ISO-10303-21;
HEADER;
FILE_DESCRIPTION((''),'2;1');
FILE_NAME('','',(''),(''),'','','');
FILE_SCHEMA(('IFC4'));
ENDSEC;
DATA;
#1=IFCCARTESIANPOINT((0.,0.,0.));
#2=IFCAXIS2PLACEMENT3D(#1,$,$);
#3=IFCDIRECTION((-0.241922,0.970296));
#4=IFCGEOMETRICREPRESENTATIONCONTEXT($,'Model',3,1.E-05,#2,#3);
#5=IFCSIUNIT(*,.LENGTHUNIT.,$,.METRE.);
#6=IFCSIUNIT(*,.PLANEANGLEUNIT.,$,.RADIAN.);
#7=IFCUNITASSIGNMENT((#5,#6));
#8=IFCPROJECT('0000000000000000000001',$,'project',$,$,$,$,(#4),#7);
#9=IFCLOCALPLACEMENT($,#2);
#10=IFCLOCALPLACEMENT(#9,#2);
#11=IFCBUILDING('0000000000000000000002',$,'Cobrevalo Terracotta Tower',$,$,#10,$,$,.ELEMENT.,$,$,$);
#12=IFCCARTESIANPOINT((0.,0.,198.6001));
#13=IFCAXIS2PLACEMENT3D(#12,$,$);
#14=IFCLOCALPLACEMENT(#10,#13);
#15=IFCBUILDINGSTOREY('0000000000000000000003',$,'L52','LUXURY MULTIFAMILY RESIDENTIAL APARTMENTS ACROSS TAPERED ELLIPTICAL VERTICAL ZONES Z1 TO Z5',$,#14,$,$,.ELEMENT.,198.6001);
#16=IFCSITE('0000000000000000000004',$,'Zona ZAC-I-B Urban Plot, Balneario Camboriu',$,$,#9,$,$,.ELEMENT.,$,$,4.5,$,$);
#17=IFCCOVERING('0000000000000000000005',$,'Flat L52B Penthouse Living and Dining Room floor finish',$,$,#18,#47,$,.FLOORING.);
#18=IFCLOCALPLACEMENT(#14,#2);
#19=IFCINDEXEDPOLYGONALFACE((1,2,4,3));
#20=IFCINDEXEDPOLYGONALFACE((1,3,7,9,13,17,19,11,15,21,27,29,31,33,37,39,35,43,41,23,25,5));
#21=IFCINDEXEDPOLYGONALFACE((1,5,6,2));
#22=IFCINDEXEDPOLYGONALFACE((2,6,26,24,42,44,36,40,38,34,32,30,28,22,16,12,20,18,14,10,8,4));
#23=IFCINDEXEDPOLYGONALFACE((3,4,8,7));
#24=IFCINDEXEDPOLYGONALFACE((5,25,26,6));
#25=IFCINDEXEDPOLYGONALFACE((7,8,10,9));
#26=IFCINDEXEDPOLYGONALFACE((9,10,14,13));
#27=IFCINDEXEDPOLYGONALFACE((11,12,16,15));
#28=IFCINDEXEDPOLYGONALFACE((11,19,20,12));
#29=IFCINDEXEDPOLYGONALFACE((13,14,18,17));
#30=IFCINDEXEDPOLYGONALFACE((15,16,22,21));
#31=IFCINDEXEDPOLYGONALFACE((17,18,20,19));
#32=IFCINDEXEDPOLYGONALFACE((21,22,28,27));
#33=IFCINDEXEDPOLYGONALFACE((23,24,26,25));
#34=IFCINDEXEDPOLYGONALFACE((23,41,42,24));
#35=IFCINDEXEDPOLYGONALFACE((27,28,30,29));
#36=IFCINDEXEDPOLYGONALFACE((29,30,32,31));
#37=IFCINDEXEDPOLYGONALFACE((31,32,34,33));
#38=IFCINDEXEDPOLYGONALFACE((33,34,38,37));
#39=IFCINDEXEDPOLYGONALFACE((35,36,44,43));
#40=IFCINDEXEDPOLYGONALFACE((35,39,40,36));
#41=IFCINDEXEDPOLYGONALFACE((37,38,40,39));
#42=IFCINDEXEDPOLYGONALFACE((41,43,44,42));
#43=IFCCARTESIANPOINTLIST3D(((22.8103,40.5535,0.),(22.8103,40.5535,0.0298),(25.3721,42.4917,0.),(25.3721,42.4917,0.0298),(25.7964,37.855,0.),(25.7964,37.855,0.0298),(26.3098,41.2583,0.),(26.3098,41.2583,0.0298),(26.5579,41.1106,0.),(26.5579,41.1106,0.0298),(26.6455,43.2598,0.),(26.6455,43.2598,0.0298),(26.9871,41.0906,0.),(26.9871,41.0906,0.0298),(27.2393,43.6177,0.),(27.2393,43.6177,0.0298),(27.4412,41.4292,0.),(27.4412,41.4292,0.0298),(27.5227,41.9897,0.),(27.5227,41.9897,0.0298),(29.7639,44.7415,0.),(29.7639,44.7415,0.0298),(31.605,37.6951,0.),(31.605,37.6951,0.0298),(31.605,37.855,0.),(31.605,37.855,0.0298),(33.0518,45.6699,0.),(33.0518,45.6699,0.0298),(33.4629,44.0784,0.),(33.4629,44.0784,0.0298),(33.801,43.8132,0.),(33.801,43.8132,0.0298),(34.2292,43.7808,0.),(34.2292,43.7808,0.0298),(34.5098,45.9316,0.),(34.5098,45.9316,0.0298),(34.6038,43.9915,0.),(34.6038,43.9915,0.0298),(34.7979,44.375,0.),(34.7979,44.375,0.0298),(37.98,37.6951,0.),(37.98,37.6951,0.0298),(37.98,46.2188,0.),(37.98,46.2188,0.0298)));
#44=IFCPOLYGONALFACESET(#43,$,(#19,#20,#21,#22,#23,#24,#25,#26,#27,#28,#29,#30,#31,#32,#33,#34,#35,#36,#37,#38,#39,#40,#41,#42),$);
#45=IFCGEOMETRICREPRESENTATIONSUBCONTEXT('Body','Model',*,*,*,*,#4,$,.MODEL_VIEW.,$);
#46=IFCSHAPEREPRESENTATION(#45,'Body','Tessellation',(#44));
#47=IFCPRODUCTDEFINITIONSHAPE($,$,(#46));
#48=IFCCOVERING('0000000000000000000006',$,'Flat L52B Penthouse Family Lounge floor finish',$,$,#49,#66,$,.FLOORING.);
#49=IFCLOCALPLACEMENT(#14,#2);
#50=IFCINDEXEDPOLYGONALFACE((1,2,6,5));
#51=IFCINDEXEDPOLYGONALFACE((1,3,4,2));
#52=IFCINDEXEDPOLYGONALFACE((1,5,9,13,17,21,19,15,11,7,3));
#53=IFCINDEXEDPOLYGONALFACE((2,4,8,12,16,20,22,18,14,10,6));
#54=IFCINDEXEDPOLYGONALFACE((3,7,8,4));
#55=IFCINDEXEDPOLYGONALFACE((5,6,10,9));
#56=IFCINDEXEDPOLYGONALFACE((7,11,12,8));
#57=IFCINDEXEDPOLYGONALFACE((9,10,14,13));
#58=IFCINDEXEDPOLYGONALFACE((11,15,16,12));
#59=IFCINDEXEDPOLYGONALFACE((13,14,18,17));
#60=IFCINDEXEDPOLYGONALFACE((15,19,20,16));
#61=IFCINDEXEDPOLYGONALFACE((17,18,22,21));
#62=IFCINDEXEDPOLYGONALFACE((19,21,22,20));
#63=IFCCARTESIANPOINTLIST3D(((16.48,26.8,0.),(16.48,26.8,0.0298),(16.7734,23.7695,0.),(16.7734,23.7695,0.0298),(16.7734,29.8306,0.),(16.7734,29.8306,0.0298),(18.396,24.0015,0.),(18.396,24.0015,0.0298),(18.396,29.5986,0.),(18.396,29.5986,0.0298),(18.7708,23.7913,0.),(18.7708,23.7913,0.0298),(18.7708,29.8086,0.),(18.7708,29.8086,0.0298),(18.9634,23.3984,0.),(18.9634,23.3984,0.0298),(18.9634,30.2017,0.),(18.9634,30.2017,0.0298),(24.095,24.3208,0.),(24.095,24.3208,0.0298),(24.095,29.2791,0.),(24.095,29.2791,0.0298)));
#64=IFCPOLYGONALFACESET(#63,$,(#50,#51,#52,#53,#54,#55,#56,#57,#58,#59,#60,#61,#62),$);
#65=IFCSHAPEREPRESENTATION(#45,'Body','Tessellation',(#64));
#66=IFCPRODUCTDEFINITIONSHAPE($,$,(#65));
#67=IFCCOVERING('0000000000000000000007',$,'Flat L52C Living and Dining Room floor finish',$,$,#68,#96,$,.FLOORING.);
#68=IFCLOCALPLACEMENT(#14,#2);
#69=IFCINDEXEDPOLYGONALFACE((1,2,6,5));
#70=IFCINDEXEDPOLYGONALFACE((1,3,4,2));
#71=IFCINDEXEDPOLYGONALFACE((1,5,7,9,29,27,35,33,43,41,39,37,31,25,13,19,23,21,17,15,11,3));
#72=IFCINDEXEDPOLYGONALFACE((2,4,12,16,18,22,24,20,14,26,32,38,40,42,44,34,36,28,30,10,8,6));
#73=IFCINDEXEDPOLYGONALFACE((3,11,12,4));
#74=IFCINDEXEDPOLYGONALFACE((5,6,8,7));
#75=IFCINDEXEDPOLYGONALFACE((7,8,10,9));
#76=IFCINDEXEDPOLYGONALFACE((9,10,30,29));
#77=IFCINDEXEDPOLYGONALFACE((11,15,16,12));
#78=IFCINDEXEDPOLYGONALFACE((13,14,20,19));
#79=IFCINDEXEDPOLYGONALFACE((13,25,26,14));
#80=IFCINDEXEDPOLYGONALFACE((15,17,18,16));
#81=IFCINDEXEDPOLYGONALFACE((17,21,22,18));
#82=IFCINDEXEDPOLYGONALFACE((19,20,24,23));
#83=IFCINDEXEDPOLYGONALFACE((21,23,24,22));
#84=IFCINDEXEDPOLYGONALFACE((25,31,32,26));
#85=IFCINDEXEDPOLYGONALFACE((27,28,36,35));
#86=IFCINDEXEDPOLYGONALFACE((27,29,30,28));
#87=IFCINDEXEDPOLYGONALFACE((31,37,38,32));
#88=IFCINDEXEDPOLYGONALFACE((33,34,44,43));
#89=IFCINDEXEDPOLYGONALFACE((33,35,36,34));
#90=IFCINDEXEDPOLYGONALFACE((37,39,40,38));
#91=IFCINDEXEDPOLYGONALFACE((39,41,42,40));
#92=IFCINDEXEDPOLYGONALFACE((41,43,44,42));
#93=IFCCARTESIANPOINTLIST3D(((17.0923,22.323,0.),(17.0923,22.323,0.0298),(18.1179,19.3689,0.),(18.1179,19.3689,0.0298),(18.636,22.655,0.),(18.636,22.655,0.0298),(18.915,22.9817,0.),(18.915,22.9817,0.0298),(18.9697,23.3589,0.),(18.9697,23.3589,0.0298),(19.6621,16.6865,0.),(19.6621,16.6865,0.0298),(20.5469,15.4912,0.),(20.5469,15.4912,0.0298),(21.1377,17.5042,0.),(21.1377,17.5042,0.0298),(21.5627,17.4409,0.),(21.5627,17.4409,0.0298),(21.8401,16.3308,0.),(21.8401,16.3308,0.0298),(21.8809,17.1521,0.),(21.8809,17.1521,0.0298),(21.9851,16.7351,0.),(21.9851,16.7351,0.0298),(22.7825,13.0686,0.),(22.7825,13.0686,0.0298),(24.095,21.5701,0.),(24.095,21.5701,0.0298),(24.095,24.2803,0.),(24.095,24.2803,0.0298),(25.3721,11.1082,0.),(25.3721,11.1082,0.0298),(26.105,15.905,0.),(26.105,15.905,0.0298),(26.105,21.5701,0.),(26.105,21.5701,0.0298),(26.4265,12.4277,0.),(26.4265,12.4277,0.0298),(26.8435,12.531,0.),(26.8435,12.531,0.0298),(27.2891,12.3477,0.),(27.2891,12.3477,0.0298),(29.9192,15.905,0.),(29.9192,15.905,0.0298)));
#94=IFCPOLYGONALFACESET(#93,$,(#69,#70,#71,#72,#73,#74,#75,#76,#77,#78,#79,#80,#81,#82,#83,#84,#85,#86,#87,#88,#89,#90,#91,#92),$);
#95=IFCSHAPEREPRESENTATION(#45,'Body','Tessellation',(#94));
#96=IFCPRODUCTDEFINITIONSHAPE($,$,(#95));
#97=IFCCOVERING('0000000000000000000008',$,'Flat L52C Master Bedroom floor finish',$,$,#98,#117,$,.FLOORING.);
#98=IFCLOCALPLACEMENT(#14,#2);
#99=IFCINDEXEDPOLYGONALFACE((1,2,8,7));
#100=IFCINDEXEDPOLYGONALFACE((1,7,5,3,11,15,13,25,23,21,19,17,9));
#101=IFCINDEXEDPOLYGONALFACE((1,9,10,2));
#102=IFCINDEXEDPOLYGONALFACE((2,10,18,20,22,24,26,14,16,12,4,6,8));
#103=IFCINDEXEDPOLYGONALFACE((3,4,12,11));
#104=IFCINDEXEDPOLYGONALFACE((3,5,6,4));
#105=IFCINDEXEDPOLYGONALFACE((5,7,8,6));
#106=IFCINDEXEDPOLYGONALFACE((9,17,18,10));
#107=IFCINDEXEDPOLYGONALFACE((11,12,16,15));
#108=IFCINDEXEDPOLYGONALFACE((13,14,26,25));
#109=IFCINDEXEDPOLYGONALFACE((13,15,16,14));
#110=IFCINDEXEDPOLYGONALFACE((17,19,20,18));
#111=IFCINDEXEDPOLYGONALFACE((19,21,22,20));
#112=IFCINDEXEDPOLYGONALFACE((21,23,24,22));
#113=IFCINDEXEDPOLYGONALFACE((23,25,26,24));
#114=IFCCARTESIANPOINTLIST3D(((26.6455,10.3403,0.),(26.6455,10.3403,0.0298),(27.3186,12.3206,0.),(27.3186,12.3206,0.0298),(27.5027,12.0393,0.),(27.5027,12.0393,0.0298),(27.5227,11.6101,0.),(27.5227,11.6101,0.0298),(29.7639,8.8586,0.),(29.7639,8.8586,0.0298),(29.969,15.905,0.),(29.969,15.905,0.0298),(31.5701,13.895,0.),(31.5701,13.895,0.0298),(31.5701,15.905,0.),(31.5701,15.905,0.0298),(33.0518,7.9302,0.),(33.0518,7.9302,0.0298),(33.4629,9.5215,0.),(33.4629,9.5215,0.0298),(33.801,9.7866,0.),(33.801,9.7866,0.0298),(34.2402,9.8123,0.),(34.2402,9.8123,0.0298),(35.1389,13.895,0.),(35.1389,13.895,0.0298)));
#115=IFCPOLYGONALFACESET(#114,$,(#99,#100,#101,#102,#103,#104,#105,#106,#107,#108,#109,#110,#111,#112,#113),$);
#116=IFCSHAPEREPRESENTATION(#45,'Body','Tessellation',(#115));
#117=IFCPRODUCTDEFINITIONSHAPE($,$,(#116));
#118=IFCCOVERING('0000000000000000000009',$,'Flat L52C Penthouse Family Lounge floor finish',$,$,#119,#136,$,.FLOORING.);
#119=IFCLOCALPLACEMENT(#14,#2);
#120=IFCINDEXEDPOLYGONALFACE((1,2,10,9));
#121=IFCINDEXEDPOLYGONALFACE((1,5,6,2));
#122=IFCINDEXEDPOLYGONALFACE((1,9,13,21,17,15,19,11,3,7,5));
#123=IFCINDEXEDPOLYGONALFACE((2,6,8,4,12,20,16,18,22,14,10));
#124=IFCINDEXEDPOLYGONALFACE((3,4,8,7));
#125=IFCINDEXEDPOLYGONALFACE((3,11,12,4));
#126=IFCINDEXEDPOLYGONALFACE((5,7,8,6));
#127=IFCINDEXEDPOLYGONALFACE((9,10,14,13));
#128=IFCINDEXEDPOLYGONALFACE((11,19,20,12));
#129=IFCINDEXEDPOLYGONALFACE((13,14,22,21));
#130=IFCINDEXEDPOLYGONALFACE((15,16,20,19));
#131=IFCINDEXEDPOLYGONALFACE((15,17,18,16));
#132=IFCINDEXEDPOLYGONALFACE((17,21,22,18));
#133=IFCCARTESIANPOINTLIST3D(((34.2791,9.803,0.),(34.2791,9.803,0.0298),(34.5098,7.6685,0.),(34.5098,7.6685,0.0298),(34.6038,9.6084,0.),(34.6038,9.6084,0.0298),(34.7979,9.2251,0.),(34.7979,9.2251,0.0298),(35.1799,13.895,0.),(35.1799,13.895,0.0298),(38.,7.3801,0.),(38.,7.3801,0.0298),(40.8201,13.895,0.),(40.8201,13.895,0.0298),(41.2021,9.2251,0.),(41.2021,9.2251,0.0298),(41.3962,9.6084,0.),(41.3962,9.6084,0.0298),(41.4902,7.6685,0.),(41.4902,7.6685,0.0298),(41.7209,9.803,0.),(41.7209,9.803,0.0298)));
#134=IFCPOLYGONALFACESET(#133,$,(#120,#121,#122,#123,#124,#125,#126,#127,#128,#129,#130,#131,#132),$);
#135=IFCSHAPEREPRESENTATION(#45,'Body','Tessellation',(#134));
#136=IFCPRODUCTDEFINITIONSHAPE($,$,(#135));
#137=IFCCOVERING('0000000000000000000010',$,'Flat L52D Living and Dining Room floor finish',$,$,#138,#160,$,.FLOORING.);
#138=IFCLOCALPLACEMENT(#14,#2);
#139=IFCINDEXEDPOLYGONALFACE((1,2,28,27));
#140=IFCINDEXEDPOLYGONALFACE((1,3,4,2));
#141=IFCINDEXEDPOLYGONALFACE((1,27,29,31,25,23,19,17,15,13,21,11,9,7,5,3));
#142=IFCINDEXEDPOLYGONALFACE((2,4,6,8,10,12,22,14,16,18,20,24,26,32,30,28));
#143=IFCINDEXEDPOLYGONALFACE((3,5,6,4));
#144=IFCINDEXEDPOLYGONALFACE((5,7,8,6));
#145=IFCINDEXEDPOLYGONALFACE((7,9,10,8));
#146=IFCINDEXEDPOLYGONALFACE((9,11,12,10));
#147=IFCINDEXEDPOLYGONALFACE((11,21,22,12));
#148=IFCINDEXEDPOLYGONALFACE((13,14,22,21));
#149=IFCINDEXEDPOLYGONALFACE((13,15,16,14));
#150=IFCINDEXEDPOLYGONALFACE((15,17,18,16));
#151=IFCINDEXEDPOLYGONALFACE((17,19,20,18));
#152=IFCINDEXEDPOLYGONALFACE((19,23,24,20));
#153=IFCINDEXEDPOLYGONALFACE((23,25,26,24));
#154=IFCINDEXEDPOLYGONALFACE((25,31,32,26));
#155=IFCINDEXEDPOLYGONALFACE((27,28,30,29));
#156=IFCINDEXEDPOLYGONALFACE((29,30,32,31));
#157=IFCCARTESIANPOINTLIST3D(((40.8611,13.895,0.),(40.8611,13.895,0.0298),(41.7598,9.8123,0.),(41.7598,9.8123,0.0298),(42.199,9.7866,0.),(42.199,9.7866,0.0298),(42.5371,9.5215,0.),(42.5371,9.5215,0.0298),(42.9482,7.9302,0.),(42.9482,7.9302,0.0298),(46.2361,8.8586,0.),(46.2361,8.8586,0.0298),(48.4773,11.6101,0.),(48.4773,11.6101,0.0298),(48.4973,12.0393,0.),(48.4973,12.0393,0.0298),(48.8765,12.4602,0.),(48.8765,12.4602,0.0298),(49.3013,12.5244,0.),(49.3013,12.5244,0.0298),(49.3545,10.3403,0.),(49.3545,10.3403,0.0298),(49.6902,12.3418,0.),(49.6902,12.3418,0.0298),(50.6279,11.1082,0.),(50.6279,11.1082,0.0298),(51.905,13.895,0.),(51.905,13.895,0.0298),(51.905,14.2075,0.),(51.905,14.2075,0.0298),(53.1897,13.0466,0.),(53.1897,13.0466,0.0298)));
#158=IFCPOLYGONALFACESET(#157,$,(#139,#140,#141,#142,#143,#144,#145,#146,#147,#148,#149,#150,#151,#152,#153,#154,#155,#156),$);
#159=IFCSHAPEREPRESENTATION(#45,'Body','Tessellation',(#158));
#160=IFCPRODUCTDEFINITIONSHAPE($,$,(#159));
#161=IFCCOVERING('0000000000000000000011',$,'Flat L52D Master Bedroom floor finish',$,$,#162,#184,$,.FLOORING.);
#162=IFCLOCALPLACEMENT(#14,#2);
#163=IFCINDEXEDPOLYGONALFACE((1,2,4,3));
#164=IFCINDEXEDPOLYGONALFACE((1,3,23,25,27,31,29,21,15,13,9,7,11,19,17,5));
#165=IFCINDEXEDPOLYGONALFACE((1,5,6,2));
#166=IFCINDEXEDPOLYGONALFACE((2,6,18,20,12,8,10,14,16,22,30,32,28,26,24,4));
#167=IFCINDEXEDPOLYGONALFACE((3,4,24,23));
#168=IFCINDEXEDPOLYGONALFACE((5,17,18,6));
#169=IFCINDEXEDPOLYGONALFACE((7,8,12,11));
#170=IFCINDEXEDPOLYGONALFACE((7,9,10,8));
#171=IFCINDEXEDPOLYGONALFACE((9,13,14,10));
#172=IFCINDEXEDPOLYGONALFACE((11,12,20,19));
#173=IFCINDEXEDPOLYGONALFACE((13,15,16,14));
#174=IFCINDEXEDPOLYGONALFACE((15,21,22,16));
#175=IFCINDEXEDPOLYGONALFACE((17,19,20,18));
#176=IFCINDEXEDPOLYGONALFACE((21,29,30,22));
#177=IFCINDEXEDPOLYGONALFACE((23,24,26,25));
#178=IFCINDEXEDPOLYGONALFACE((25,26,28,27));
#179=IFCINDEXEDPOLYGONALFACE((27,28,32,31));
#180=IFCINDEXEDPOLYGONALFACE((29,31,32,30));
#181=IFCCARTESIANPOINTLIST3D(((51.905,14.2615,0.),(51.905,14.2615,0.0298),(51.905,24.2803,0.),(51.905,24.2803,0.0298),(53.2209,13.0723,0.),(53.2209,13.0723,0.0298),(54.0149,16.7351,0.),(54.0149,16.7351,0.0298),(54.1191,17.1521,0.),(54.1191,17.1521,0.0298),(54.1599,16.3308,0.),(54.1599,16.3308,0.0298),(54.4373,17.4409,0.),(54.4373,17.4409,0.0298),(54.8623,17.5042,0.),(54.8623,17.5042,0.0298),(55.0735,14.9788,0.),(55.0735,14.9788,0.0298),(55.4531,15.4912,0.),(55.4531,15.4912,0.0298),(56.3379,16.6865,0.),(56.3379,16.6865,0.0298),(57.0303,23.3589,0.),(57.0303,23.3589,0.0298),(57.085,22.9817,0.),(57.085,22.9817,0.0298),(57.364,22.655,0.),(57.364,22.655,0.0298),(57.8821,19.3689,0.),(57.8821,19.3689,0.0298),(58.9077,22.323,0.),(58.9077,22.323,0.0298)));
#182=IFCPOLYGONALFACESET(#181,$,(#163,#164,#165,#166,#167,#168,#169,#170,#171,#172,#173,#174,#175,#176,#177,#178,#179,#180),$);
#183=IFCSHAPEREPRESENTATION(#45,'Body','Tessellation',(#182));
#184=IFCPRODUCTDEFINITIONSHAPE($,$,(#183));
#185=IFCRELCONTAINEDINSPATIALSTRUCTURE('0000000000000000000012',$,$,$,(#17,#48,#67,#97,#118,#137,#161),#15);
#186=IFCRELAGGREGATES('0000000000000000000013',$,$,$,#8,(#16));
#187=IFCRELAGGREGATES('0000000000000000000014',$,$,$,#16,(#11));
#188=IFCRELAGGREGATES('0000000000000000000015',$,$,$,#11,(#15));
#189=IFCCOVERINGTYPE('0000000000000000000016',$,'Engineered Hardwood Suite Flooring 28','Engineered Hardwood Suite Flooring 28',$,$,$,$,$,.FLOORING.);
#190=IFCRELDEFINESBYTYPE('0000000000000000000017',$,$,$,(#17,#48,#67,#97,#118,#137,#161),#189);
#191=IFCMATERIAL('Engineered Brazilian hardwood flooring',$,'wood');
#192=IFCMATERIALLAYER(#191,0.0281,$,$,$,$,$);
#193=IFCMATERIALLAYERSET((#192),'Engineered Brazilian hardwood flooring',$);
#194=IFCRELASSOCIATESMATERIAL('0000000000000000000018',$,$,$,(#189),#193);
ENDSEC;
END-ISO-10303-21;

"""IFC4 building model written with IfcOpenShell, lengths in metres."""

from ifc_helpers import new_model, si_unit, direction, frame, origin, place, context, subcontext, project, spatial, polyline, outline, extrude, material, layer, layer_set, type_object, element, save


model = new_model("IFC4")

# Units and contexts
model_context = context("Model", 3, precision=1e-05, world=origin(), true_north=direction((-0.241922, 0.970296)))
body_context = subcontext(model_context, "Body", "Model", "MODEL_VIEW")
ifc_project = project(units=[si_unit("LENGTHUNIT", "METRE"), si_unit("PLANEANGLEUNIT", "RADIAN")], contexts=[model_context])

# Site, building, storey
site_placement = place(None, origin())
site = spatial("IfcSite", under=ifc_project, at=site_placement, Name="Zona ZAC-I-B Urban Plot, Balneario Camboriu", CompositionType="ELEMENT", RefElevation=4.5)
building_placement = place(site_placement, origin())
building = spatial("IfcBuilding", under=site, at=building_placement, Name="Cobrevalo Terracotta Tower", CompositionType="ELEMENT")
storey_placement = place(building_placement, frame((0.0, 0.0, 198.6001)))
storey = spatial("IfcBuildingStorey", under=building, at=storey_placement, Name="L52", Description="LUXURY MULTIFAMILY RESIDENTIAL APARTMENTS ACROSS TAPERED ELLIPTICAL VERTICAL ZONES Z1 TO Z5", CompositionType="ELEMENT", Elevation=198.6001)

# Coverings
ifc_material_1 = material(Name="Engineered Brazilian hardwood flooring", Category="wood")
ifc_layer_1 = layer(ifc_material_1, 0.0281)
ifc_layer_set_1 = layer_set([ifc_layer_1], Name="Engineered Brazilian hardwood flooring")
covering_type_1 = type_object("IfcCoveringType", Name="Engineered Hardwood Suite Flooring 28", Description="Engineered Hardwood Suite Flooring 28", PredefinedType="FLOORING", material=ifc_layer_set_1)
covering_1_placement = place(storey_placement, origin())
element("IfcCovering", 1, at=covering_1_placement, inside=storey, type_object=covering_type_1, Name="Flat L52B Penthouse Living and Dining Room floor finish", PredefinedType="FLOORING", context=body_context, shape_type="SweptSolid", body=[
    extrude(outline(polyline([(25.3721, 42.4917), (26.3098, 41.2583), (26.5579, 41.1106), (26.9871, 41.0906), (27.4412, 41.4292), (27.5227, 41.9897), (26.6455, 43.2598), (27.2393, 43.6177), (29.7639, 44.7415), (33.0518, 45.6699), (33.4629, 44.0784), (33.801, 43.8132), (34.2292, 43.7808), (34.6038, 43.9915), (34.7979, 44.375), (34.5098, 45.9316), (37.98, 46.2188), (37.98, 37.6951), (31.605, 37.6951), (31.605, 37.855), (25.7964, 37.855), (22.8103, 40.5535), (25.3721, 42.4917)])), origin(), (0.0, 0.0, 1.0), 0.0298),
])
covering_2_placement = place(storey_placement, origin())
element("IfcCovering", 2, at=covering_2_placement, inside=storey, type_object=covering_type_1, Name="Flat L52B Penthouse Family Lounge floor finish", PredefinedType="FLOORING", context=body_context, shape_type="SweptSolid", body=[
    extrude(outline(polyline([(16.7734, 29.8306), (18.396, 29.5986), (18.7708, 29.8086), (18.9634, 30.2017), (24.095, 29.2791), (24.095, 24.3208), (18.9634, 23.3984), (18.7708, 23.7913), (18.396, 24.0015), (16.7734, 23.7695), (16.48, 26.8), (16.7734, 29.8306)])), origin(), (0.0, 0.0, 1.0), 0.0298),
])
covering_3_placement = place(storey_placement, origin())
element("IfcCovering", 3, at=covering_3_placement, inside=storey, type_object=covering_type_1, Name="Flat L52C Living and Dining Room floor finish", PredefinedType="FLOORING", context=body_context, shape_type="SweptSolid", body=[
    extrude(outline(polyline([(22.7825, 13.0686), (20.5469, 15.4912), (21.8401, 16.3308), (21.9851, 16.7351), (21.8809, 17.1521), (21.5627, 17.4409), (21.1377, 17.5042), (19.6621, 16.6865), (18.1179, 19.3689), (17.0923, 22.323), (18.636, 22.655), (18.915, 22.9817), (18.9697, 23.3589), (24.095, 24.2803), (24.095, 21.5701), (26.105, 21.5701), (26.105, 15.905), (29.9192, 15.905), (27.2891, 12.3477), (26.8435, 12.531), (26.4265, 12.4277), (25.3721, 11.1082), (22.7825, 13.0686)])), origin(), (0.0, 0.0, 1.0), 0.0298),
])
covering_4_placement = place(storey_placement, origin())
element("IfcCovering", 4, at=covering_4_placement, inside=storey, type_object=covering_type_1, Name="Flat L52C Master Bedroom floor finish", PredefinedType="FLOORING", context=body_context, shape_type="SweptSolid", body=[
    extrude(outline(polyline([(29.7639, 8.8586), (26.6455, 10.3403), (27.5227, 11.6101), (27.5027, 12.0393), (27.3186, 12.3206), (29.969, 15.905), (31.5701, 15.905), (31.5701, 13.895), (35.1389, 13.895), (34.2402, 9.8123), (33.801, 9.7866), (33.4629, 9.5215), (33.0518, 7.9302), (29.7639, 8.8586)])), origin(), (0.0, 0.0, 1.0), 0.0298),
])
covering_5_placement = place(storey_placement, origin())
element("IfcCovering", 5, at=covering_5_placement, inside=storey, type_object=covering_type_1, Name="Flat L52C Penthouse Family Lounge floor finish", PredefinedType="FLOORING", context=body_context, shape_type="SweptSolid", body=[
    extrude(outline(polyline([(34.5098, 7.6685), (34.7979, 9.2251), (34.6038, 9.6084), (34.2791, 9.803), (35.1799, 13.895), (40.8201, 13.895), (41.7209, 9.803), (41.3962, 9.6084), (41.2021, 9.2251), (41.4902, 7.6685), (38.0, 7.3801), (34.5098, 7.6685)])), origin(), (0.0, 0.0, 1.0), 0.0298),
])
covering_6_placement = place(storey_placement, origin())
element("IfcCovering", 6, at=covering_6_placement, inside=storey, type_object=covering_type_1, Name="Flat L52D Living and Dining Room floor finish", PredefinedType="FLOORING", context=body_context, shape_type="SweptSolid", body=[
    extrude(outline(polyline([(50.6279, 11.1082), (49.6902, 12.3418), (49.3013, 12.5244), (48.8765, 12.4602), (48.4973, 12.0393), (48.4773, 11.6101), (49.3545, 10.3403), (46.2361, 8.8586), (42.9482, 7.9302), (42.5371, 9.5215), (42.199, 9.7866), (41.7598, 9.8123), (40.8611, 13.895), (51.905, 13.895), (51.905, 14.2075), (53.1897, 13.0466), (50.6279, 11.1082)])), origin(), (0.0, 0.0, 1.0), 0.0298),
])
covering_7_placement = place(storey_placement, origin())
element("IfcCovering", 7, at=covering_7_placement, inside=storey, type_object=covering_type_1, Name="Flat L52D Master Bedroom floor finish", PredefinedType="FLOORING", context=body_context, shape_type="SweptSolid", body=[
    extrude(outline(polyline([(51.905, 14.2615), (51.905, 24.2803), (57.0303, 23.3589), (57.085, 22.9817), (57.364, 22.655), (58.9077, 22.323), (57.8821, 19.3689), (56.3379, 16.6865), (54.8623, 17.5042), (54.4373, 17.4409), (54.1191, 17.1521), (54.0149, 16.7351), (54.1599, 16.3308), (55.4531, 15.4912), (55.0735, 14.9788), (53.2209, 13.0723), (51.905, 14.2615)])), origin(), (0.0, 0.0, 1.0), 0.0298),
])

save(model, "model.ifc")
